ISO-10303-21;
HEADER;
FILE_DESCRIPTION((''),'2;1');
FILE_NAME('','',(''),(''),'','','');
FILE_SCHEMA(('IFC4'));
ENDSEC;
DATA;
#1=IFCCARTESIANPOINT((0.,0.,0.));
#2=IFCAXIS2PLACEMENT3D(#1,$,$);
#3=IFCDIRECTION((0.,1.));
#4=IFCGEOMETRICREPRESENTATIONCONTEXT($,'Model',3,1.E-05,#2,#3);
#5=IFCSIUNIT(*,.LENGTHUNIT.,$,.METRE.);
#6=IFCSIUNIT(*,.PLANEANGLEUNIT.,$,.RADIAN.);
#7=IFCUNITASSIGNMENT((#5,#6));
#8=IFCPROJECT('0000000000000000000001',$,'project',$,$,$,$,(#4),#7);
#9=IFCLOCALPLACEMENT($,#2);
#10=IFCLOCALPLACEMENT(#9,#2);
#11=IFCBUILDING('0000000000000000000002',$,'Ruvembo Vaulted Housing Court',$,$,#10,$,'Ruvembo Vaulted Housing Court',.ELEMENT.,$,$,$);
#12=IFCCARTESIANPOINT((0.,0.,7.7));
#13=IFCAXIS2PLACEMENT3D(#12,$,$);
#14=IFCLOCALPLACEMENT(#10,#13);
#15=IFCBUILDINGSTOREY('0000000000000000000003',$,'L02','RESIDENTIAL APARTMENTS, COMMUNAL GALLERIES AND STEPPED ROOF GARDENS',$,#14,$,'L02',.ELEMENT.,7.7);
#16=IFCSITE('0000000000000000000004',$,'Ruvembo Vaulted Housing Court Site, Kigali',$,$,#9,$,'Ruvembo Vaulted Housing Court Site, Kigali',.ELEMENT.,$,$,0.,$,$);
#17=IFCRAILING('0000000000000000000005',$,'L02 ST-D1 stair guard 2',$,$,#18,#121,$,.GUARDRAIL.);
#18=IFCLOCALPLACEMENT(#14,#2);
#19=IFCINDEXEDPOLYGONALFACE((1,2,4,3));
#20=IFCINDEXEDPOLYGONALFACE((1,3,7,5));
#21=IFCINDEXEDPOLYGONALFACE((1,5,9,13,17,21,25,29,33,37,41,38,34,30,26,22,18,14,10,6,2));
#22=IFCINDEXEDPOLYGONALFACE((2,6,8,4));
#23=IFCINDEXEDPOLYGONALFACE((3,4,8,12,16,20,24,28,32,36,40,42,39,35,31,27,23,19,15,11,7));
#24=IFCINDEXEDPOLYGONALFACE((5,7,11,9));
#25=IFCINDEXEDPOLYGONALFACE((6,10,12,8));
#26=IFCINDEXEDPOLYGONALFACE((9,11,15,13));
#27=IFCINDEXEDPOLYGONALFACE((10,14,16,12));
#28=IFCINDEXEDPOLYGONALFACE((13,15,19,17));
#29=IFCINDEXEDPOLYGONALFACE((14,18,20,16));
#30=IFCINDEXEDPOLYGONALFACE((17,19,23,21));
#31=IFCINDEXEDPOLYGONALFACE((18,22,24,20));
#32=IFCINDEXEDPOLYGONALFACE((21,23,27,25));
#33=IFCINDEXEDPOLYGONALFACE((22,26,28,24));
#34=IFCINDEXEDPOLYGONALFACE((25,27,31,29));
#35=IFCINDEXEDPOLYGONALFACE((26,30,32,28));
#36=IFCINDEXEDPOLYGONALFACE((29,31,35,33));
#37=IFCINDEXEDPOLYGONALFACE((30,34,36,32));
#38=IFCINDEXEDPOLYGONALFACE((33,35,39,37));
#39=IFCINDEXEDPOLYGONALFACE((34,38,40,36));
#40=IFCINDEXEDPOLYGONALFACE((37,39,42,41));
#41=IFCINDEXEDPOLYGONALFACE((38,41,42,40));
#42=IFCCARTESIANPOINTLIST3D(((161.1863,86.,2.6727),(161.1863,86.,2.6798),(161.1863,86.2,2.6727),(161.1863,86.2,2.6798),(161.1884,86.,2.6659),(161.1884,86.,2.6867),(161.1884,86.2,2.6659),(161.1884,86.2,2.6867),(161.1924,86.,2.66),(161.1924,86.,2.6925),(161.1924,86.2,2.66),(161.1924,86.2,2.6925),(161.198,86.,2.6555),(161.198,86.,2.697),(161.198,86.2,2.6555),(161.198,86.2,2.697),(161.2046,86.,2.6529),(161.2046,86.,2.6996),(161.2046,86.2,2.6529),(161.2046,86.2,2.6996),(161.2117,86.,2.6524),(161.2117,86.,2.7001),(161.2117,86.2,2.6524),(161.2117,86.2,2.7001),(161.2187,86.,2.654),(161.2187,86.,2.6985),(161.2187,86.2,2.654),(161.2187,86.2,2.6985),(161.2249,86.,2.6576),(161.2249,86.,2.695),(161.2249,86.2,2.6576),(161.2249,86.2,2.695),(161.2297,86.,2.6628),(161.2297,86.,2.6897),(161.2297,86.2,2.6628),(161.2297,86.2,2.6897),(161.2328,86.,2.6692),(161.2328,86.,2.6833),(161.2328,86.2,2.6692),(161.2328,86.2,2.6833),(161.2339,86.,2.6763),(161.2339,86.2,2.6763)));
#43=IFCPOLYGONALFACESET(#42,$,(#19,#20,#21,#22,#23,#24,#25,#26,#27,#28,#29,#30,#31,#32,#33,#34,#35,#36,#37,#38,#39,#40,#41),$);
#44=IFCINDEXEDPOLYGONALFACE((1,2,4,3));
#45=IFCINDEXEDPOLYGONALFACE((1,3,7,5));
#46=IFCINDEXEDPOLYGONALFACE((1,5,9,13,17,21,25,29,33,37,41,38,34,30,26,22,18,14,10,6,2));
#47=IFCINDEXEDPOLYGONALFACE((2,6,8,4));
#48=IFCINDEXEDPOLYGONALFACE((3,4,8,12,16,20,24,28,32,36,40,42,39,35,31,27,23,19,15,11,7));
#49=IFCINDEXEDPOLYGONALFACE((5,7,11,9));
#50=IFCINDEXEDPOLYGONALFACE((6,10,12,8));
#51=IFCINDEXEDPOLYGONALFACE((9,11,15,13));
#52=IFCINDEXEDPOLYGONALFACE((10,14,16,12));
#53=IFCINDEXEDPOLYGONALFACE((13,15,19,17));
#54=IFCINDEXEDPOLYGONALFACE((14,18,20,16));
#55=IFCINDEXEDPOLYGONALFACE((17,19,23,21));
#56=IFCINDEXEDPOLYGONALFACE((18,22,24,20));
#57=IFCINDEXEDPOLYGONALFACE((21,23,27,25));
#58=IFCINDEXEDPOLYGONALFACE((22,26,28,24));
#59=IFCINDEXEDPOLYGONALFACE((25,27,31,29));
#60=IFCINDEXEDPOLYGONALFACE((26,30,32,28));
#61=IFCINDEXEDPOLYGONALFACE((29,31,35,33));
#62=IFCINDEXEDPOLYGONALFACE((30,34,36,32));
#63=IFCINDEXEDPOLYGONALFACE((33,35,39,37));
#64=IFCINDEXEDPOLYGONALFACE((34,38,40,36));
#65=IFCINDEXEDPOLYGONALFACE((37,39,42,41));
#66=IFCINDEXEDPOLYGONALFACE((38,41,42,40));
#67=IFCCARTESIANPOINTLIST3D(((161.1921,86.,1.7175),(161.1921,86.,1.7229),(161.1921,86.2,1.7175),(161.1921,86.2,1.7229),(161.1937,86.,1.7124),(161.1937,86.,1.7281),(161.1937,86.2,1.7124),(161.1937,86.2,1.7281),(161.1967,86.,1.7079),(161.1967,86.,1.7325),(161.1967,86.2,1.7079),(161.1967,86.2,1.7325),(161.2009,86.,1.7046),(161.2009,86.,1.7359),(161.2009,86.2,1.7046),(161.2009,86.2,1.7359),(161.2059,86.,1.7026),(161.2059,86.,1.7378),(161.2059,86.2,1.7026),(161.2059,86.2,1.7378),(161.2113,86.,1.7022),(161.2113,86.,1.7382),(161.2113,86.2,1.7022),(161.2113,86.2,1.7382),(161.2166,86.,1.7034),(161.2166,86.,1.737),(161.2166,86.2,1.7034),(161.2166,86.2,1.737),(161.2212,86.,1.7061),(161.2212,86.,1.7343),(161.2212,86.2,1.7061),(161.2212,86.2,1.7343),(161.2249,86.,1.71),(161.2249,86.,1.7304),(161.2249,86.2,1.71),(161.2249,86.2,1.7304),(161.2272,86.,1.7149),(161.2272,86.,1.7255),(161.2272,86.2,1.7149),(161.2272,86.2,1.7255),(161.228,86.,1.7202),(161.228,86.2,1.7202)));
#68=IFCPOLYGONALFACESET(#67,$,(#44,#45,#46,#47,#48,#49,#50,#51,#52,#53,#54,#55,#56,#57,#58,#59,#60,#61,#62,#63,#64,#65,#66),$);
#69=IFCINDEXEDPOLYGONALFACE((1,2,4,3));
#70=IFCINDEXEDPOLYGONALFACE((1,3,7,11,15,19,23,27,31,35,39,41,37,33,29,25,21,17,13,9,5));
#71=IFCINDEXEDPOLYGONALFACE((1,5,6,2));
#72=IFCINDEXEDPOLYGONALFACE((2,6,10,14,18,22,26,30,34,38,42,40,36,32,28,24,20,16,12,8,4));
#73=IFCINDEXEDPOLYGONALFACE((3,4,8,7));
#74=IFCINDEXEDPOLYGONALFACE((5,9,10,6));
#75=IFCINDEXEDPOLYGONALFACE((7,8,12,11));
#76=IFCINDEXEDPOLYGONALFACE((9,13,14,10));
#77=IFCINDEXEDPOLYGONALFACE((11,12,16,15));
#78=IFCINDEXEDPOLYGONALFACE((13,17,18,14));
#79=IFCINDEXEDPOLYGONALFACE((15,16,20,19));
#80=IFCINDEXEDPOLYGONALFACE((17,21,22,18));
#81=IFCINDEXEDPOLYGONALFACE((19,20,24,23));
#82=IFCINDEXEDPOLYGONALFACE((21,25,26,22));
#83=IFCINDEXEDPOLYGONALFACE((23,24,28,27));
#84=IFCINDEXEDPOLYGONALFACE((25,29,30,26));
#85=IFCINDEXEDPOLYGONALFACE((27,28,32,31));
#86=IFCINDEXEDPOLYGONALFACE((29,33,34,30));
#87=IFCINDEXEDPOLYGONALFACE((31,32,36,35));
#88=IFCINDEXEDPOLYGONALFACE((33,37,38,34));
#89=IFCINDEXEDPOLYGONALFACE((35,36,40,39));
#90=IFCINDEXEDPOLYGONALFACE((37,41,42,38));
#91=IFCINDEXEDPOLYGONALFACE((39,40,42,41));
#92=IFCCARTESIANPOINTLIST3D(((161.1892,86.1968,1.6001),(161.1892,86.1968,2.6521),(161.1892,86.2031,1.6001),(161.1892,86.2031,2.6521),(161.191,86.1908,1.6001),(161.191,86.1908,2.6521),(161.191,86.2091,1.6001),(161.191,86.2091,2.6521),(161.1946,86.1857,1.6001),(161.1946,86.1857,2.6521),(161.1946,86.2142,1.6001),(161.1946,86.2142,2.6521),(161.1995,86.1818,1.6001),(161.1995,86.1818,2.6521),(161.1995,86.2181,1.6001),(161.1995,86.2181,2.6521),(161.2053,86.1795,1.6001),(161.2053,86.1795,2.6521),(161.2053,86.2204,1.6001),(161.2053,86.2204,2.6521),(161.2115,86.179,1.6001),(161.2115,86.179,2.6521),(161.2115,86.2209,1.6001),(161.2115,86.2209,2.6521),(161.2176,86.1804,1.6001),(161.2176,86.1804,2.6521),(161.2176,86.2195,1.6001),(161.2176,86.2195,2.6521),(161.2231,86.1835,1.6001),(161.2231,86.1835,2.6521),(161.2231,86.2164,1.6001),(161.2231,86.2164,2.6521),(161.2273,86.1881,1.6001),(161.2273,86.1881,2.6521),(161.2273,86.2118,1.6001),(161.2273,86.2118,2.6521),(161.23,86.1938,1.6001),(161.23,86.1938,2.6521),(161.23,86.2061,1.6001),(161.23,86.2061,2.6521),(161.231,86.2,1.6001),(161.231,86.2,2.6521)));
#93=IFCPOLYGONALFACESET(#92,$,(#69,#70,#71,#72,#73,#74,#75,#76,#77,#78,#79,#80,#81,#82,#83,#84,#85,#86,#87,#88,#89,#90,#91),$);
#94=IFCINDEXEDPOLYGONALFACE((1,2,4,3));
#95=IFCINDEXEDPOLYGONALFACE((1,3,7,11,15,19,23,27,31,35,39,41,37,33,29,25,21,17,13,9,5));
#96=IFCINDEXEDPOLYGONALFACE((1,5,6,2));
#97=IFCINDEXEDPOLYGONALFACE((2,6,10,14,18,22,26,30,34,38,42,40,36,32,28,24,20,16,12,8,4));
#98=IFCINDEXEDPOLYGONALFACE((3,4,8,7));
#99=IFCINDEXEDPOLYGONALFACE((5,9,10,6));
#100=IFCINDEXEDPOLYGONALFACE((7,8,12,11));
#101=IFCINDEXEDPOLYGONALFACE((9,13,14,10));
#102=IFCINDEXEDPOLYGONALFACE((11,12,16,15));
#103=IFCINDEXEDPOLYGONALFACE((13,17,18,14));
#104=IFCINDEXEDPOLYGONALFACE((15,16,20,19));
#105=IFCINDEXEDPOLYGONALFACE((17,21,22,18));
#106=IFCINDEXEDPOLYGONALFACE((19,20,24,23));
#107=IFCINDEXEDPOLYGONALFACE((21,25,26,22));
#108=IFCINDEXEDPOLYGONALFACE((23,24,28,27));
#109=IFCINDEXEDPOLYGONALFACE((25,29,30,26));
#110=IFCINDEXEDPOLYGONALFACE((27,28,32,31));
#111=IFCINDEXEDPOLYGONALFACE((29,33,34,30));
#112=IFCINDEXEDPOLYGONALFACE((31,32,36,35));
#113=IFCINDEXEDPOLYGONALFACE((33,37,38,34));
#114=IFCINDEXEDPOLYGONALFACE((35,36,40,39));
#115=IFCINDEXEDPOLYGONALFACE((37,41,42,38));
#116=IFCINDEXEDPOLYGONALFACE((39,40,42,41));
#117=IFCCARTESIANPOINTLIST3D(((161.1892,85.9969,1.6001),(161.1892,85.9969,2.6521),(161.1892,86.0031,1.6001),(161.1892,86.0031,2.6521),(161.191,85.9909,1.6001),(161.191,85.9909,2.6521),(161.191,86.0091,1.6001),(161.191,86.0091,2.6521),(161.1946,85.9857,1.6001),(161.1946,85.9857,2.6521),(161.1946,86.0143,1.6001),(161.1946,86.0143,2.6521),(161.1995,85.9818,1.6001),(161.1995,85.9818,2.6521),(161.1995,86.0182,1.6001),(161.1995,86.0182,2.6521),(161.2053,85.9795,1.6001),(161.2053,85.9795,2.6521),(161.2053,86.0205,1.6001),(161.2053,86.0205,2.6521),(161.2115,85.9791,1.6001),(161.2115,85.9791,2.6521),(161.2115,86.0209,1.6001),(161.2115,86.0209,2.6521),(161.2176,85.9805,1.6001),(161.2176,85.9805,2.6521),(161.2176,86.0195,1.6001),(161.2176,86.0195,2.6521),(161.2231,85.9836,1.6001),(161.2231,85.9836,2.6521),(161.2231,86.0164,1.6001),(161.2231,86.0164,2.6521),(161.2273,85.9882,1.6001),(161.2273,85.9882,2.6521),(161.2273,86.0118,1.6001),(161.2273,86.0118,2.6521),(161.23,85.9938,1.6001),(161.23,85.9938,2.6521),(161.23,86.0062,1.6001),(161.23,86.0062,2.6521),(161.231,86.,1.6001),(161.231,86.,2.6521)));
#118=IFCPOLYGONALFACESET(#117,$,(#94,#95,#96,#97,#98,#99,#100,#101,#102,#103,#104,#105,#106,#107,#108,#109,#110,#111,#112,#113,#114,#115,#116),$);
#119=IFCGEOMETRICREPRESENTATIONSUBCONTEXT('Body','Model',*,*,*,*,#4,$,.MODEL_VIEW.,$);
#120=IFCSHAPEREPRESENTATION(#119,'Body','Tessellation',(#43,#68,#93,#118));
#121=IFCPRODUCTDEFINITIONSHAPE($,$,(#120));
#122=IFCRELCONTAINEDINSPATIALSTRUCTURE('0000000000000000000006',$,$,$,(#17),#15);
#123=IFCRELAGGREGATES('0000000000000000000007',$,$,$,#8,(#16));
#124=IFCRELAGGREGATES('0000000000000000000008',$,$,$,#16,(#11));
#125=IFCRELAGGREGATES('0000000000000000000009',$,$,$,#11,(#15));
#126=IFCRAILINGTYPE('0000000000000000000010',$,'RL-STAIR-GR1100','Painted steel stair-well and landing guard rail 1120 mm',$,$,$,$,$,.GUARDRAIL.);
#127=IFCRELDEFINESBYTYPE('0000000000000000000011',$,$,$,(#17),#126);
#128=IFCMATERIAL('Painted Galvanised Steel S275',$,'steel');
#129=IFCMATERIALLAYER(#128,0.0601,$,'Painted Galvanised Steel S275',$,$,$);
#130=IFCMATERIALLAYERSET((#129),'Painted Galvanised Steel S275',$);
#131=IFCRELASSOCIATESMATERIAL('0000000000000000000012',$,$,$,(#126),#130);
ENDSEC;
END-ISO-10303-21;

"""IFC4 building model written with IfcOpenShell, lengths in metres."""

from ifc_helpers import new_model, si_unit, direction, frame, origin, origin_2d, place, context, subcontext, project, spatial, circle, extrude, material, layer, layer_set, type_object, element, save


model = new_model("IFC4")

# Units and contexts
model_context = context("Model", 3, precision=1e-05, world=origin(), true_north=direction((0.0, 1.0)))
body_context = subcontext(model_context, "Body", "Model", "MODEL_VIEW")
ifc_project = project(units=[si_unit("LENGTHUNIT", "METRE"), si_unit("PLANEANGLEUNIT", "RADIAN")], contexts=[model_context])

# Site, building, storey
site_placement = place(None, origin())
site = spatial("IfcSite", under=ifc_project, at=site_placement, Name="Ruvembo Vaulted Housing Court Site, Kigali", LongName="Ruvembo Vaulted Housing Court Site, Kigali", CompositionType="ELEMENT", RefElevation=0.0)
building_placement = place(site_placement, origin())
building = spatial("IfcBuilding", under=site, at=building_placement, Name="Ruvembo Vaulted Housing Court", LongName="Ruvembo Vaulted Housing Court", CompositionType="ELEMENT")
storey_placement = place(building_placement, frame((0.0, 0.0, 7.7)))
storey = spatial("IfcBuildingStorey", under=building, at=storey_placement, Name="L02", Description="RESIDENTIAL APARTMENTS, COMMUNAL GALLERIES AND STEPPED ROOF GARDENS", LongName="L02", CompositionType="ELEMENT", Elevation=7.7)

# Railing
ifc_material_1 = material(Name="Painted Galvanised Steel S275", Category="steel")
ifc_layer_1 = layer(ifc_material_1, 0.0601, Name="Painted Galvanised Steel S275")
ifc_layer_set_1 = layer_set([ifc_layer_1], Name="Painted Galvanised Steel S275")
railing_type_1 = type_object("IfcRailingType", Name="RL-STAIR-GR1100", Description="Painted steel stair-well and landing guard rail 1120 mm", PredefinedType="GUARDRAIL", material=ifc_layer_set_1)
railing_1_placement = place(storey_placement, frame((161.21, 86.2, 1.6001)))
element("IfcRailing", 1, at=railing_1_placement, inside=storey, type_object=railing_type_1, Name="L02 ST-D1 stair guard 2", PredefinedType="GUARDRAIL", context=body_context, shape_type="SweptSolid", body=[
    extrude(circle(Radius=0.0239, at=origin_2d()), frame((0.0, 0.0, 1.0762), z_axis=(0.0, -1.0, 0.0), x_axis=(1.0, 0.0, 0.0)), (0.0, 0.0, 1.0), 0.2),
    extrude(circle(Radius=0.0181, at=origin_2d()), frame((0.0, 0.0, 0.1201), z_axis=(0.0, -1.0, 0.0), x_axis=(1.0, 0.0, 0.0)), (0.0, 0.0, 1.0), 0.2),
    extrude(circle(Radius=0.021, at=origin_2d()), origin(), (0.0, 0.0, 1.0), 1.052),
    extrude(circle(Radius=0.021, at=origin_2d()), frame((0.0, -0.2, 0.0)), (0.0, 0.0, 1.0), 1.052),
])

save(model, "model.ifc")
